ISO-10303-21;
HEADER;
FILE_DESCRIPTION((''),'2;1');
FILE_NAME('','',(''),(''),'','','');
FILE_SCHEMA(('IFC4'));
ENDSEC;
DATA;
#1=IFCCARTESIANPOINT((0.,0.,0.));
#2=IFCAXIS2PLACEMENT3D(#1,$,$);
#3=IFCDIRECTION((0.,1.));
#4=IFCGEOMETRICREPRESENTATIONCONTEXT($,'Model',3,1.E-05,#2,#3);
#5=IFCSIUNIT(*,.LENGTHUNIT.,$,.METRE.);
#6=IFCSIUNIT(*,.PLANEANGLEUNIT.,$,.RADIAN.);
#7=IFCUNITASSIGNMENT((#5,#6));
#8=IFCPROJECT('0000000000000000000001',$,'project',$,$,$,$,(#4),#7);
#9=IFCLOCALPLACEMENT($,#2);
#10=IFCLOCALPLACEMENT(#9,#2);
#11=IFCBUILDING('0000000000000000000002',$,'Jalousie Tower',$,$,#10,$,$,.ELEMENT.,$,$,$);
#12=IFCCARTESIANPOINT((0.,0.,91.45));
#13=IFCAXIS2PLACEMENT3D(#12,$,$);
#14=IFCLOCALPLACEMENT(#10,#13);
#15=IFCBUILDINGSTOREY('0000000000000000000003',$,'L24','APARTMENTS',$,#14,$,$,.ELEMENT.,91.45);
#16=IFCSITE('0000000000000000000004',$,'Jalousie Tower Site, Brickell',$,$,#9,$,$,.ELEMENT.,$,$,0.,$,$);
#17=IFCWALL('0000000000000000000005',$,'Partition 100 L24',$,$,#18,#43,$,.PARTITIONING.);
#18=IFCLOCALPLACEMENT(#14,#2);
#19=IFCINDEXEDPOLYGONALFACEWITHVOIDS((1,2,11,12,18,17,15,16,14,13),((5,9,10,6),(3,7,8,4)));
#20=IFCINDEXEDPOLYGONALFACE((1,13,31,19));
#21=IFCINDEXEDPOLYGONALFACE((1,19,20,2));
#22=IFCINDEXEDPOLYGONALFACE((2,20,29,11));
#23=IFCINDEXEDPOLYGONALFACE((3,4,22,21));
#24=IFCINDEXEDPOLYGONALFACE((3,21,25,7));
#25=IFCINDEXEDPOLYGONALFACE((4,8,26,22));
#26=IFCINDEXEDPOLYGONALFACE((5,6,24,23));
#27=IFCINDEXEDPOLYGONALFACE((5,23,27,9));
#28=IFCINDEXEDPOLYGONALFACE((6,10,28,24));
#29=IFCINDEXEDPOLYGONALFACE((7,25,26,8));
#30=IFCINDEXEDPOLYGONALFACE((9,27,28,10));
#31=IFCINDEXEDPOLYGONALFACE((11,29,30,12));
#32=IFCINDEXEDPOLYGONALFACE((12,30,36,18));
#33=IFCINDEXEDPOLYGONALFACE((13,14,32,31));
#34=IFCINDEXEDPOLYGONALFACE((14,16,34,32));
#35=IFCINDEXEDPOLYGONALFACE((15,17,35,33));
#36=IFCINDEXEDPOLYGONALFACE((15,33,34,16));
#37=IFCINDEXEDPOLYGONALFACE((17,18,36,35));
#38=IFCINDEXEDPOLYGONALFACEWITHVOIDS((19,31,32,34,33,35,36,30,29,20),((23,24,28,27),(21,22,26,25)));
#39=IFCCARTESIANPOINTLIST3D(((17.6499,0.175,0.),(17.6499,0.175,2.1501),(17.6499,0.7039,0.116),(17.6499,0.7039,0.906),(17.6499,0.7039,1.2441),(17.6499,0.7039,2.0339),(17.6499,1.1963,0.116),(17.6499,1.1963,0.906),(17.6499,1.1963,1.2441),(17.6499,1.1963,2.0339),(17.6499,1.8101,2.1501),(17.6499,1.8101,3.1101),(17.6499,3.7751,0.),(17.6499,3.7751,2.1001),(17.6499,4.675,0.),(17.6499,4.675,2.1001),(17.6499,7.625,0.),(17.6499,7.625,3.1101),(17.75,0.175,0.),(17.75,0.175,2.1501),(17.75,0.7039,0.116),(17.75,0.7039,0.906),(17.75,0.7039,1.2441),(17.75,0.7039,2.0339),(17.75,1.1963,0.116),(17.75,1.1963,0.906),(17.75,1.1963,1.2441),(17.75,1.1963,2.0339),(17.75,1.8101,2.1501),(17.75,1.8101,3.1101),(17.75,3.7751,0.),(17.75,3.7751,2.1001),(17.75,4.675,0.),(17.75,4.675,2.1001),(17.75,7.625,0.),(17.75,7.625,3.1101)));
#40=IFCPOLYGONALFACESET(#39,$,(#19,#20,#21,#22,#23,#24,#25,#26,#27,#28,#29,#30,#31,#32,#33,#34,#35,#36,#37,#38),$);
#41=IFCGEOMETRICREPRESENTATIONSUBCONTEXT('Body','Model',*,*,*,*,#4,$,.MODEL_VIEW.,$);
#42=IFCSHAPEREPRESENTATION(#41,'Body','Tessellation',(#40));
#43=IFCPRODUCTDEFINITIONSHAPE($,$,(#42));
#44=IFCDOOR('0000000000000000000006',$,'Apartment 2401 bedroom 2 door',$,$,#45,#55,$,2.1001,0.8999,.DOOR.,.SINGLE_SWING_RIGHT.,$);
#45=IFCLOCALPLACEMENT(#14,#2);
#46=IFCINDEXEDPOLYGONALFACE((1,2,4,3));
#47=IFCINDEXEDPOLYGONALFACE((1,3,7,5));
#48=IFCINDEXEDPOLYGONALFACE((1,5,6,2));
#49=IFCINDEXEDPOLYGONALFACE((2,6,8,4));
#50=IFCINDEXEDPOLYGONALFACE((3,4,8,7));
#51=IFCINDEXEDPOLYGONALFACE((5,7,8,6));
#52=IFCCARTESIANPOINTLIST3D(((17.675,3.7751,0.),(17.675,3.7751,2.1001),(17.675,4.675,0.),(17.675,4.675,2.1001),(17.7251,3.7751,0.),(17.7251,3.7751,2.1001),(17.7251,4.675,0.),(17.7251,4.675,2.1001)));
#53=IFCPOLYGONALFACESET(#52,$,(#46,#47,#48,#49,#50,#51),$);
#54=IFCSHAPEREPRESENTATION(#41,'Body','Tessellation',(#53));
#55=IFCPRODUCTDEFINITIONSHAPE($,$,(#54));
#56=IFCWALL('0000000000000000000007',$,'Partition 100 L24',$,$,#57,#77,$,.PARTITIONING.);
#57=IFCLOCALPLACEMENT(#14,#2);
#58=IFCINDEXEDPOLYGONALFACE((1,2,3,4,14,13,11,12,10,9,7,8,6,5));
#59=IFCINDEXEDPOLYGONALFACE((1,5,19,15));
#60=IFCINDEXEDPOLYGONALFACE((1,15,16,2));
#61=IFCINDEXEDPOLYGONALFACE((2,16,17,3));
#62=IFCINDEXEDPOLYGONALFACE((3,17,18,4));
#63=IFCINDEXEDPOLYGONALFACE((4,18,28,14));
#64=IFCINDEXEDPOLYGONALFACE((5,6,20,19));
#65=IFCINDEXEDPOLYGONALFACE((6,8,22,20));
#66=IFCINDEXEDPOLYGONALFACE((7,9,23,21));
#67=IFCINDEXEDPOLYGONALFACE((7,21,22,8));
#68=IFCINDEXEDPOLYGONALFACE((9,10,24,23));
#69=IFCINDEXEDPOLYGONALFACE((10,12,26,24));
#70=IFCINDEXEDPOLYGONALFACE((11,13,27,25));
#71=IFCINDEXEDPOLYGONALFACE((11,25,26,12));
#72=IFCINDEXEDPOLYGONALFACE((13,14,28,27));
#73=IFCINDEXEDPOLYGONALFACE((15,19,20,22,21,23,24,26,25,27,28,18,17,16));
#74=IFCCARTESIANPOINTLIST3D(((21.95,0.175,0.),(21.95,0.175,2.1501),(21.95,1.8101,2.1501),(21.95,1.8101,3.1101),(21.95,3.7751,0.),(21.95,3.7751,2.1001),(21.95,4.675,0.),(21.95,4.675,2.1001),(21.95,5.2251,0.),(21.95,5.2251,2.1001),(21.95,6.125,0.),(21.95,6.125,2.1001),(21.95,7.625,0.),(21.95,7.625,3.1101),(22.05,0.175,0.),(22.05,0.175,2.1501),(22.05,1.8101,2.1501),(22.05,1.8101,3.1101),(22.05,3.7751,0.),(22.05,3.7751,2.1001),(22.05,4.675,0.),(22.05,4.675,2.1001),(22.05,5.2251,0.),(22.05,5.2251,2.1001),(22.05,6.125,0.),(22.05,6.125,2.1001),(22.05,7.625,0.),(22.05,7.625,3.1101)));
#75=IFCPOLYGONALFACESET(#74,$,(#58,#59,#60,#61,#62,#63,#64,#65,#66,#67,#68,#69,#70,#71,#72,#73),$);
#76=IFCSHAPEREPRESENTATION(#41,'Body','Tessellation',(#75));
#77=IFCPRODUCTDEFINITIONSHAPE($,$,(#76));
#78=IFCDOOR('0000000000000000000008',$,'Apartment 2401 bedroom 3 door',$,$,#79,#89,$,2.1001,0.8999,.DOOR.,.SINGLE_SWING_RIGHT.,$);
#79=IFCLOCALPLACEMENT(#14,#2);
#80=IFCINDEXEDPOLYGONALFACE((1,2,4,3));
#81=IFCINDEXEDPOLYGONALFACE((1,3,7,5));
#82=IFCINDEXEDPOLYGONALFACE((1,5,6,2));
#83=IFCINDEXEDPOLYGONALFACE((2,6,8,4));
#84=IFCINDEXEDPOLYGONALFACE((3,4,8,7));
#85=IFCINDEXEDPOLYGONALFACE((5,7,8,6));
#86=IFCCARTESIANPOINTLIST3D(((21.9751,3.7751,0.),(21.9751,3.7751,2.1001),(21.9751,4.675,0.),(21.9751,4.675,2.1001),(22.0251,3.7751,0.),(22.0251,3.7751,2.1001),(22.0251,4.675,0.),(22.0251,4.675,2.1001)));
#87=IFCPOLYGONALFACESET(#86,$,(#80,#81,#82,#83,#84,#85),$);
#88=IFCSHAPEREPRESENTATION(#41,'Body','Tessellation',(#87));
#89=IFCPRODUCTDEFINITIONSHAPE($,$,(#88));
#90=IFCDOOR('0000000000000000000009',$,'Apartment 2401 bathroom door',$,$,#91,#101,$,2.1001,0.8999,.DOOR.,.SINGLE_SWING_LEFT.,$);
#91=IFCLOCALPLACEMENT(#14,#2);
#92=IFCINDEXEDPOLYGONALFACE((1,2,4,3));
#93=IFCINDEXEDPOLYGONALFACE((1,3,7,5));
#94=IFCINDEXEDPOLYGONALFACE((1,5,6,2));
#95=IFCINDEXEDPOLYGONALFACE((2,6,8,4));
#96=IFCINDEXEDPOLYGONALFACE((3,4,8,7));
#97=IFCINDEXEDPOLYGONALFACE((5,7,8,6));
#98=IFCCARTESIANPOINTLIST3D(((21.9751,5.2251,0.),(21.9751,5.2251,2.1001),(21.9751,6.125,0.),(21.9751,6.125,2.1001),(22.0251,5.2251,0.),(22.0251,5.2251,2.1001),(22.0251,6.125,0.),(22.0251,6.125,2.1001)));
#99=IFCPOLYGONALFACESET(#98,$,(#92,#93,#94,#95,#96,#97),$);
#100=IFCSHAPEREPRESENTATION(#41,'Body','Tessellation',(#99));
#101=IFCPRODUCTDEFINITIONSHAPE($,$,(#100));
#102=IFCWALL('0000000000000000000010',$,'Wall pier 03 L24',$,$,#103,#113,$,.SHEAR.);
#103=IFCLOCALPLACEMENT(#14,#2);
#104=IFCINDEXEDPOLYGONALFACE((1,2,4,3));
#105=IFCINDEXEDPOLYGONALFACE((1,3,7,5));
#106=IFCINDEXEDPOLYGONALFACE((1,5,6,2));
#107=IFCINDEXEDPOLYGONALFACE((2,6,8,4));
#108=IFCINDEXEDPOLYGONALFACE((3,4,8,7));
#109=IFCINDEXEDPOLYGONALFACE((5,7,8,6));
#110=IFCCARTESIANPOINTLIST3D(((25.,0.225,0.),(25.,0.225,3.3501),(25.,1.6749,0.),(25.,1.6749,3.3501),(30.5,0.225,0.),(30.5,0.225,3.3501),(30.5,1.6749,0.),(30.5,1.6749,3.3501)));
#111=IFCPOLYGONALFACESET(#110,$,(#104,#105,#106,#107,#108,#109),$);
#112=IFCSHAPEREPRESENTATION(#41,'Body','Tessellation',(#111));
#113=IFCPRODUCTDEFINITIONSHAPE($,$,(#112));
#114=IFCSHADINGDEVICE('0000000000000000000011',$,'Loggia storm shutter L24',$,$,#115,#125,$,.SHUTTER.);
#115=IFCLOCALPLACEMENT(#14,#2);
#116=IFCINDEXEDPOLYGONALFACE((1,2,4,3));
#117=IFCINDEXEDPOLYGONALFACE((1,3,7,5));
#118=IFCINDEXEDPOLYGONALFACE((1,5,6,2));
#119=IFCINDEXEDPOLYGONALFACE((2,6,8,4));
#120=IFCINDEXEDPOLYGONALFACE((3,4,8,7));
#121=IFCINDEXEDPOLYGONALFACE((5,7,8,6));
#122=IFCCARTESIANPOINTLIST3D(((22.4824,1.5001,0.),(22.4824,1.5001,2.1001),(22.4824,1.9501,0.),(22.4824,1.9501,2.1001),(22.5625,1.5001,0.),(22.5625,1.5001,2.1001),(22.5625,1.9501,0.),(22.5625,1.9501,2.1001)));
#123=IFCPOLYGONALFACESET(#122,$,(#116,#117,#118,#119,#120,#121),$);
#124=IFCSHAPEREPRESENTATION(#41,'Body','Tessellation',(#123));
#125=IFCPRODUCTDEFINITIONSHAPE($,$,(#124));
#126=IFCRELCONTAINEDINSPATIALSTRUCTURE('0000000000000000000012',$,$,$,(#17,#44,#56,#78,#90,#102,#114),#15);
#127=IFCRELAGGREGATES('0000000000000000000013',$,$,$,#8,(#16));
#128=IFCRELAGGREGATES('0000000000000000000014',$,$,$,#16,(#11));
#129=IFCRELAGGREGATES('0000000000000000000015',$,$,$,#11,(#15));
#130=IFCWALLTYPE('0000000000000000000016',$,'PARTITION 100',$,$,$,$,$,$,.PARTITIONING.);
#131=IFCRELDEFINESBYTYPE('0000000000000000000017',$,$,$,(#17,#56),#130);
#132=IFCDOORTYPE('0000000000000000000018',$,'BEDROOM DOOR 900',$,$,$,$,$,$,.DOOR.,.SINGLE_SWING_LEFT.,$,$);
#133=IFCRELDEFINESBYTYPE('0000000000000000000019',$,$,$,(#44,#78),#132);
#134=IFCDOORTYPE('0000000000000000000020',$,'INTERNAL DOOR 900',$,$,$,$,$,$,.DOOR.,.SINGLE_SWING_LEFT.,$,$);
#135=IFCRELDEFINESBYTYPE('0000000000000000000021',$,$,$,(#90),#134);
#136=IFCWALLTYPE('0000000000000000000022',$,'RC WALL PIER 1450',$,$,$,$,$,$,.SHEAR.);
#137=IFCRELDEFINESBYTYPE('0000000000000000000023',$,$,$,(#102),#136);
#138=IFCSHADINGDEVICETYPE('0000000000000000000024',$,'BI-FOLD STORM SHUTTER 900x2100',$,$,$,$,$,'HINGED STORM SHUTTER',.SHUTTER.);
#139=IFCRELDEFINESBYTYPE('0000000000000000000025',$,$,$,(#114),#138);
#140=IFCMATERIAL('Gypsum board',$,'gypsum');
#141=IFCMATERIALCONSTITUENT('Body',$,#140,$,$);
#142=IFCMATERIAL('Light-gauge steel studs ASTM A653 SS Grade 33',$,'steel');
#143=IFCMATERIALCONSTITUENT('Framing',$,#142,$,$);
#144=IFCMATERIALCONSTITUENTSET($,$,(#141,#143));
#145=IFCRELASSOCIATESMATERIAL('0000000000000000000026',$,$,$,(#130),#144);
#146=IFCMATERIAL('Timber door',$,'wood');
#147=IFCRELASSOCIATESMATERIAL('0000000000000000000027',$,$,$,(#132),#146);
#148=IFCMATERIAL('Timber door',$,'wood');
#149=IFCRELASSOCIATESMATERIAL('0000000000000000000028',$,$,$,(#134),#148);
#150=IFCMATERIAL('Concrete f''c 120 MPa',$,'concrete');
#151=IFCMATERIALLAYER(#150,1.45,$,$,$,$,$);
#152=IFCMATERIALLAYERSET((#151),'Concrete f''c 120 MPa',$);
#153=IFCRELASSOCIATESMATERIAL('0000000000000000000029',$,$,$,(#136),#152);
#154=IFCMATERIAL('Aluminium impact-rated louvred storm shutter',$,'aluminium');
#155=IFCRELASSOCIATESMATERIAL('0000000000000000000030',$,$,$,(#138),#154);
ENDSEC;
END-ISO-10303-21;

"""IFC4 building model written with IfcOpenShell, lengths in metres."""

from ifc_helpers import new_model, si_unit, direction, frame, frame_2d, origin, origin_2d, place, context, subcontext, project, spatial, polyline, rectangle, outline, extrude, material, layer, layer_set, constituent, constituent_set, type_object, element, fill, save


model = new_model("IFC4")

# Units and contexts
model_context = context("Model", 3, precision=1e-05, world=origin(), true_north=direction((0.0, 1.0)))
body_context = subcontext(model_context, "Body", "Model", "MODEL_VIEW")
ifc_project = project(units=[si_unit("LENGTHUNIT", "METRE"), si_unit("PLANEANGLEUNIT", "RADIAN")], contexts=[model_context])

# Site, building, storey
site_placement = place(None, origin())
site = spatial("IfcSite", under=ifc_project, at=site_placement, Name="Jalousie Tower Site, Brickell", CompositionType="ELEMENT", RefElevation=0.0)
building_placement = place(site_placement, origin())
building = spatial("IfcBuilding", under=site, at=building_placement, Name="Jalousie Tower", CompositionType="ELEMENT")
storey_placement = place(building_placement, frame((0.0, 0.0, 91.45)))
storey = spatial("IfcBuildingStorey", under=building, at=storey_placement, Name="L24", Description="APARTMENTS", CompositionType="ELEMENT", Elevation=91.45)

# Wall, opening, door
ifc_material_1 = material(Name="Gypsum board", Category="gypsum")
ifc_constituent_1 = constituent(ifc_material_1, Name="Body")
ifc_material_2 = material(Name="Light-gauge steel studs ASTM A653 SS Grade 33", Category="steel")
ifc_constituent_2 = constituent(ifc_material_2, Name="Framing")
ifc_constituent_set_1 = constituent_set(constituents=[ifc_constituent_1, ifc_constituent_2])
wall_type_1 = type_object("IfcWallType", Name="PARTITION 100", PredefinedType="PARTITIONING", material=ifc_constituent_set_1)
wall_1_placement = place(storey_placement, frame((17.7, 0.175, 0.0), z_axis=(0.0, 0.0, 1.0), x_axis=(0.0, 1.0, 0.0)))
wall_1 = element("IfcWall", 1, at=wall_1_placement, inside=storey, type_object=wall_type_1, Name="Partition 100 L24", PredefinedType="PARTITIONING", context=body_context, shape_type="SweptSolid", body=[
    extrude(outline(polyline([(1.635, 2.1501), (0.0, 2.1501), (0.0, 0.0), (7.45, 0.0), (7.45, 3.1101), (1.635, 3.1101), (1.635, 2.1501)]), holes=[polyline([(1.0212, 0.116), (0.5288, 0.116), (0.5288, 0.906), (1.0212, 0.906), (1.0212, 0.116)]), polyline([(1.0212, 1.2441), (0.5288, 1.2441), (0.5288, 2.0339), (1.0212, 2.0339), (1.0212, 1.2441)])]), frame((0.0, 0.05, 0.0), z_axis=(0.0, -1.0, 0.0), x_axis=(1.0, 0.0, 0.0)), (0.0, 0.0, 1.0), 0.1001),
])
opening_1_placement = place(wall_1_placement, frame((3.6001, 0.0, 0.0)))
opening_1 = element("IfcOpeningElement", 2, at=opening_1_placement, cuts=wall_1, PredefinedType="OPENING", context=body_context, shape_type="SweptSolid", body=[
    extrude(rectangle(XDim=0.8999, YDim=2.1001, at=frame_2d((0.45, 1.05))), frame((0.0, 0.0601, 0.0), z_axis=(0.0, -1.0, 0.0), x_axis=(1.0, 0.0, 0.0)), (0.0, 0.0, 1.0), 0.1201),
])
ifc_material_3 = material(Name="Timber door", Category="wood")
door_type_1 = type_object("IfcDoorType", Name="BEDROOM DOOR 900", OperationType="SINGLE_SWING_LEFT", PredefinedType="DOOR", material=ifc_material_3)
door_1_placement = place(opening_1_placement, origin())
door_1 = element("IfcDoor", 3, at=door_1_placement, inside=storey, type_object=door_type_1, Name="Apartment 2401 bedroom 2 door", OperationType="SINGLE_SWING_RIGHT", OverallHeight=2.1001, OverallWidth=0.8999, PredefinedType="DOOR", context=body_context, shape_type="SweptSolid", body=[
    extrude(rectangle(XDim=0.8999, YDim=2.1001, at=frame_2d((0.45, 1.05))), frame((0.0, 0.0249, 0.0), z_axis=(0.0, -1.0, 0.0), x_axis=(1.0, 0.0, 0.0)), (0.0, 0.0, 1.0), 0.05),
])
fill(opening_1, door_1)

# Wall, openings, doors
wall_2_placement = place(storey_placement, frame((22.0, 0.175, 0.0), z_axis=(0.0, 0.0, 1.0), x_axis=(0.0, 1.0, 0.0)))
wall_2 = element("IfcWall", 4, at=wall_2_placement, inside=storey, type_object=wall_type_1, Name="Partition 100 L24", PredefinedType="PARTITIONING", context=body_context, shape_type="SweptSolid", body=[
    extrude(outline(polyline([(0.0, 0.0), (7.45, 0.0), (7.45, 3.1101), (1.635, 3.1101), (1.635, 2.1501), (0.0, 2.1501), (0.0, 3.1101), (0.0, 0.0)])), frame((0.0, 0.05, 0.0), z_axis=(0.0, -1.0, 0.0), x_axis=(1.0, 0.0, 0.0)), (0.0, 0.0, 1.0), 0.1001),
])
opening_2_placement = place(wall_2_placement, frame((3.6001, 0.0, 0.0)))
opening_2 = element("IfcOpeningElement", 5, at=opening_2_placement, cuts=wall_2, PredefinedType="OPENING", context=body_context, shape_type="SweptSolid", body=[
    extrude(rectangle(XDim=0.8999, YDim=2.1001, at=frame_2d((0.45, 1.05))), frame((0.0, 0.0601, 0.0), z_axis=(0.0, -1.0, 0.0), x_axis=(1.0, 0.0, 0.0)), (0.0, 0.0, 1.0), 0.1201),
])
opening_3_placement = place(wall_2_placement, frame((5.05, 0.0, 0.0)))
opening_3 = element("IfcOpeningElement", 6, at=opening_3_placement, cuts=wall_2, PredefinedType="OPENING", context=body_context, shape_type="SweptSolid", body=[
    extrude(rectangle(XDim=0.8999, YDim=2.1001, at=frame_2d((0.45, 1.05))), frame((0.0, 0.0601, 0.0), z_axis=(0.0, -1.0, 0.0), x_axis=(1.0, 0.0, 0.0)), (0.0, 0.0, 1.0), 0.1201),
])
door_2_placement = place(opening_2_placement, origin())
door_2 = element("IfcDoor", 7, at=door_2_placement, inside=storey, type_object=door_type_1, Name="Apartment 2401 bedroom 3 door", OperationType="SINGLE_SWING_RIGHT", OverallHeight=2.1001, OverallWidth=0.8999, PredefinedType="DOOR", context=body_context, shape_type="SweptSolid", body=[
    extrude(rectangle(XDim=0.8999, YDim=2.1001, at=frame_2d((0.45, 1.05))), frame((0.0, 0.0249, 0.0), z_axis=(0.0, -1.0, 0.0), x_axis=(1.0, 0.0, 0.0)), (0.0, 0.0, 1.0), 0.05),
])
fill(opening_2, door_2)
ifc_material_4 = material(Name="Timber door", Category="wood")
door_type_2 = type_object("IfcDoorType", Name="INTERNAL DOOR 900", OperationType="SINGLE_SWING_LEFT", PredefinedType="DOOR", material=ifc_material_4)
door_3_placement = place(opening_3_placement, origin())
door_3 = element("IfcDoor", 8, at=door_3_placement, inside=storey, type_object=door_type_2, Name="Apartment 2401 bathroom door", OperationType="SINGLE_SWING_LEFT", OverallHeight=2.1001, OverallWidth=0.8999, PredefinedType="DOOR", context=body_context, shape_type="SweptSolid", body=[
    extrude(rectangle(XDim=0.8999, YDim=2.1001, at=frame_2d((0.45, 1.05))), frame((0.0, 0.0249, 0.0), z_axis=(0.0, -1.0, 0.0), x_axis=(1.0, 0.0, 0.0)), (0.0, 0.0, 1.0), 0.05),
])
fill(opening_3, door_3)

# Wall
ifc_material_5 = material(Name="Concrete f'c 120 MPa", Category="concrete")
ifc_layer_1 = layer(ifc_material_5, 1.45)
ifc_layer_set_1 = layer_set([ifc_layer_1], Name="Concrete f'c 120 MPa")
wall_type_2 = type_object("IfcWallType", Name="RC WALL PIER 1450", PredefinedType="SHEAR", material=ifc_layer_set_1)
wall_3_placement = place(storey_placement, frame((25.0, 0.95, 0.0), z_axis=(0.0, 0.0, 1.0), x_axis=(1.0, 0.0, 0.0)))
element("IfcWall", 9, at=wall_3_placement, inside=storey, type_object=wall_type_2, Name="Wall pier 03 L24", PredefinedType="SHEAR", context=body_context, shape_type="SweptSolid", body=[
    extrude(rectangle(XDim=5.5, YDim=1.45, at=frame_2d((2.75, 0.0))), origin(), (0.0, 0.0, 1.0), 3.3501),
])

# Shading device
ifc_material_6 = material(Name="Aluminium impact-rated louvred storm shutter", Category="aluminium")
shading_device_type_1 = type_object("IfcShadingDeviceType", Name="BI-FOLD STORM SHUTTER 900x2100", ElementType="HINGED STORM SHUTTER", PredefinedType="SHUTTER", material=ifc_material_6)
shading_device_1_placement = place(storey_placement, frame((22.5225, 1.7251, 0.0), z_axis=(0.0, 0.0, 1.0), x_axis=(0.0, 1.0, 0.0)))
element("IfcShadingDevice", 10, at=shading_device_1_placement, inside=storey, type_object=shading_device_type_1, Name="Loggia storm shutter L24", PredefinedType="SHUTTER", context=body_context, shape_type="SweptSolid", body=[
    extrude(rectangle(XDim=0.45, YDim=0.0801, at=origin_2d()), origin(), (0.0, 0.0, 1.0), 2.1001),
])

save(model, "model.ifc")
